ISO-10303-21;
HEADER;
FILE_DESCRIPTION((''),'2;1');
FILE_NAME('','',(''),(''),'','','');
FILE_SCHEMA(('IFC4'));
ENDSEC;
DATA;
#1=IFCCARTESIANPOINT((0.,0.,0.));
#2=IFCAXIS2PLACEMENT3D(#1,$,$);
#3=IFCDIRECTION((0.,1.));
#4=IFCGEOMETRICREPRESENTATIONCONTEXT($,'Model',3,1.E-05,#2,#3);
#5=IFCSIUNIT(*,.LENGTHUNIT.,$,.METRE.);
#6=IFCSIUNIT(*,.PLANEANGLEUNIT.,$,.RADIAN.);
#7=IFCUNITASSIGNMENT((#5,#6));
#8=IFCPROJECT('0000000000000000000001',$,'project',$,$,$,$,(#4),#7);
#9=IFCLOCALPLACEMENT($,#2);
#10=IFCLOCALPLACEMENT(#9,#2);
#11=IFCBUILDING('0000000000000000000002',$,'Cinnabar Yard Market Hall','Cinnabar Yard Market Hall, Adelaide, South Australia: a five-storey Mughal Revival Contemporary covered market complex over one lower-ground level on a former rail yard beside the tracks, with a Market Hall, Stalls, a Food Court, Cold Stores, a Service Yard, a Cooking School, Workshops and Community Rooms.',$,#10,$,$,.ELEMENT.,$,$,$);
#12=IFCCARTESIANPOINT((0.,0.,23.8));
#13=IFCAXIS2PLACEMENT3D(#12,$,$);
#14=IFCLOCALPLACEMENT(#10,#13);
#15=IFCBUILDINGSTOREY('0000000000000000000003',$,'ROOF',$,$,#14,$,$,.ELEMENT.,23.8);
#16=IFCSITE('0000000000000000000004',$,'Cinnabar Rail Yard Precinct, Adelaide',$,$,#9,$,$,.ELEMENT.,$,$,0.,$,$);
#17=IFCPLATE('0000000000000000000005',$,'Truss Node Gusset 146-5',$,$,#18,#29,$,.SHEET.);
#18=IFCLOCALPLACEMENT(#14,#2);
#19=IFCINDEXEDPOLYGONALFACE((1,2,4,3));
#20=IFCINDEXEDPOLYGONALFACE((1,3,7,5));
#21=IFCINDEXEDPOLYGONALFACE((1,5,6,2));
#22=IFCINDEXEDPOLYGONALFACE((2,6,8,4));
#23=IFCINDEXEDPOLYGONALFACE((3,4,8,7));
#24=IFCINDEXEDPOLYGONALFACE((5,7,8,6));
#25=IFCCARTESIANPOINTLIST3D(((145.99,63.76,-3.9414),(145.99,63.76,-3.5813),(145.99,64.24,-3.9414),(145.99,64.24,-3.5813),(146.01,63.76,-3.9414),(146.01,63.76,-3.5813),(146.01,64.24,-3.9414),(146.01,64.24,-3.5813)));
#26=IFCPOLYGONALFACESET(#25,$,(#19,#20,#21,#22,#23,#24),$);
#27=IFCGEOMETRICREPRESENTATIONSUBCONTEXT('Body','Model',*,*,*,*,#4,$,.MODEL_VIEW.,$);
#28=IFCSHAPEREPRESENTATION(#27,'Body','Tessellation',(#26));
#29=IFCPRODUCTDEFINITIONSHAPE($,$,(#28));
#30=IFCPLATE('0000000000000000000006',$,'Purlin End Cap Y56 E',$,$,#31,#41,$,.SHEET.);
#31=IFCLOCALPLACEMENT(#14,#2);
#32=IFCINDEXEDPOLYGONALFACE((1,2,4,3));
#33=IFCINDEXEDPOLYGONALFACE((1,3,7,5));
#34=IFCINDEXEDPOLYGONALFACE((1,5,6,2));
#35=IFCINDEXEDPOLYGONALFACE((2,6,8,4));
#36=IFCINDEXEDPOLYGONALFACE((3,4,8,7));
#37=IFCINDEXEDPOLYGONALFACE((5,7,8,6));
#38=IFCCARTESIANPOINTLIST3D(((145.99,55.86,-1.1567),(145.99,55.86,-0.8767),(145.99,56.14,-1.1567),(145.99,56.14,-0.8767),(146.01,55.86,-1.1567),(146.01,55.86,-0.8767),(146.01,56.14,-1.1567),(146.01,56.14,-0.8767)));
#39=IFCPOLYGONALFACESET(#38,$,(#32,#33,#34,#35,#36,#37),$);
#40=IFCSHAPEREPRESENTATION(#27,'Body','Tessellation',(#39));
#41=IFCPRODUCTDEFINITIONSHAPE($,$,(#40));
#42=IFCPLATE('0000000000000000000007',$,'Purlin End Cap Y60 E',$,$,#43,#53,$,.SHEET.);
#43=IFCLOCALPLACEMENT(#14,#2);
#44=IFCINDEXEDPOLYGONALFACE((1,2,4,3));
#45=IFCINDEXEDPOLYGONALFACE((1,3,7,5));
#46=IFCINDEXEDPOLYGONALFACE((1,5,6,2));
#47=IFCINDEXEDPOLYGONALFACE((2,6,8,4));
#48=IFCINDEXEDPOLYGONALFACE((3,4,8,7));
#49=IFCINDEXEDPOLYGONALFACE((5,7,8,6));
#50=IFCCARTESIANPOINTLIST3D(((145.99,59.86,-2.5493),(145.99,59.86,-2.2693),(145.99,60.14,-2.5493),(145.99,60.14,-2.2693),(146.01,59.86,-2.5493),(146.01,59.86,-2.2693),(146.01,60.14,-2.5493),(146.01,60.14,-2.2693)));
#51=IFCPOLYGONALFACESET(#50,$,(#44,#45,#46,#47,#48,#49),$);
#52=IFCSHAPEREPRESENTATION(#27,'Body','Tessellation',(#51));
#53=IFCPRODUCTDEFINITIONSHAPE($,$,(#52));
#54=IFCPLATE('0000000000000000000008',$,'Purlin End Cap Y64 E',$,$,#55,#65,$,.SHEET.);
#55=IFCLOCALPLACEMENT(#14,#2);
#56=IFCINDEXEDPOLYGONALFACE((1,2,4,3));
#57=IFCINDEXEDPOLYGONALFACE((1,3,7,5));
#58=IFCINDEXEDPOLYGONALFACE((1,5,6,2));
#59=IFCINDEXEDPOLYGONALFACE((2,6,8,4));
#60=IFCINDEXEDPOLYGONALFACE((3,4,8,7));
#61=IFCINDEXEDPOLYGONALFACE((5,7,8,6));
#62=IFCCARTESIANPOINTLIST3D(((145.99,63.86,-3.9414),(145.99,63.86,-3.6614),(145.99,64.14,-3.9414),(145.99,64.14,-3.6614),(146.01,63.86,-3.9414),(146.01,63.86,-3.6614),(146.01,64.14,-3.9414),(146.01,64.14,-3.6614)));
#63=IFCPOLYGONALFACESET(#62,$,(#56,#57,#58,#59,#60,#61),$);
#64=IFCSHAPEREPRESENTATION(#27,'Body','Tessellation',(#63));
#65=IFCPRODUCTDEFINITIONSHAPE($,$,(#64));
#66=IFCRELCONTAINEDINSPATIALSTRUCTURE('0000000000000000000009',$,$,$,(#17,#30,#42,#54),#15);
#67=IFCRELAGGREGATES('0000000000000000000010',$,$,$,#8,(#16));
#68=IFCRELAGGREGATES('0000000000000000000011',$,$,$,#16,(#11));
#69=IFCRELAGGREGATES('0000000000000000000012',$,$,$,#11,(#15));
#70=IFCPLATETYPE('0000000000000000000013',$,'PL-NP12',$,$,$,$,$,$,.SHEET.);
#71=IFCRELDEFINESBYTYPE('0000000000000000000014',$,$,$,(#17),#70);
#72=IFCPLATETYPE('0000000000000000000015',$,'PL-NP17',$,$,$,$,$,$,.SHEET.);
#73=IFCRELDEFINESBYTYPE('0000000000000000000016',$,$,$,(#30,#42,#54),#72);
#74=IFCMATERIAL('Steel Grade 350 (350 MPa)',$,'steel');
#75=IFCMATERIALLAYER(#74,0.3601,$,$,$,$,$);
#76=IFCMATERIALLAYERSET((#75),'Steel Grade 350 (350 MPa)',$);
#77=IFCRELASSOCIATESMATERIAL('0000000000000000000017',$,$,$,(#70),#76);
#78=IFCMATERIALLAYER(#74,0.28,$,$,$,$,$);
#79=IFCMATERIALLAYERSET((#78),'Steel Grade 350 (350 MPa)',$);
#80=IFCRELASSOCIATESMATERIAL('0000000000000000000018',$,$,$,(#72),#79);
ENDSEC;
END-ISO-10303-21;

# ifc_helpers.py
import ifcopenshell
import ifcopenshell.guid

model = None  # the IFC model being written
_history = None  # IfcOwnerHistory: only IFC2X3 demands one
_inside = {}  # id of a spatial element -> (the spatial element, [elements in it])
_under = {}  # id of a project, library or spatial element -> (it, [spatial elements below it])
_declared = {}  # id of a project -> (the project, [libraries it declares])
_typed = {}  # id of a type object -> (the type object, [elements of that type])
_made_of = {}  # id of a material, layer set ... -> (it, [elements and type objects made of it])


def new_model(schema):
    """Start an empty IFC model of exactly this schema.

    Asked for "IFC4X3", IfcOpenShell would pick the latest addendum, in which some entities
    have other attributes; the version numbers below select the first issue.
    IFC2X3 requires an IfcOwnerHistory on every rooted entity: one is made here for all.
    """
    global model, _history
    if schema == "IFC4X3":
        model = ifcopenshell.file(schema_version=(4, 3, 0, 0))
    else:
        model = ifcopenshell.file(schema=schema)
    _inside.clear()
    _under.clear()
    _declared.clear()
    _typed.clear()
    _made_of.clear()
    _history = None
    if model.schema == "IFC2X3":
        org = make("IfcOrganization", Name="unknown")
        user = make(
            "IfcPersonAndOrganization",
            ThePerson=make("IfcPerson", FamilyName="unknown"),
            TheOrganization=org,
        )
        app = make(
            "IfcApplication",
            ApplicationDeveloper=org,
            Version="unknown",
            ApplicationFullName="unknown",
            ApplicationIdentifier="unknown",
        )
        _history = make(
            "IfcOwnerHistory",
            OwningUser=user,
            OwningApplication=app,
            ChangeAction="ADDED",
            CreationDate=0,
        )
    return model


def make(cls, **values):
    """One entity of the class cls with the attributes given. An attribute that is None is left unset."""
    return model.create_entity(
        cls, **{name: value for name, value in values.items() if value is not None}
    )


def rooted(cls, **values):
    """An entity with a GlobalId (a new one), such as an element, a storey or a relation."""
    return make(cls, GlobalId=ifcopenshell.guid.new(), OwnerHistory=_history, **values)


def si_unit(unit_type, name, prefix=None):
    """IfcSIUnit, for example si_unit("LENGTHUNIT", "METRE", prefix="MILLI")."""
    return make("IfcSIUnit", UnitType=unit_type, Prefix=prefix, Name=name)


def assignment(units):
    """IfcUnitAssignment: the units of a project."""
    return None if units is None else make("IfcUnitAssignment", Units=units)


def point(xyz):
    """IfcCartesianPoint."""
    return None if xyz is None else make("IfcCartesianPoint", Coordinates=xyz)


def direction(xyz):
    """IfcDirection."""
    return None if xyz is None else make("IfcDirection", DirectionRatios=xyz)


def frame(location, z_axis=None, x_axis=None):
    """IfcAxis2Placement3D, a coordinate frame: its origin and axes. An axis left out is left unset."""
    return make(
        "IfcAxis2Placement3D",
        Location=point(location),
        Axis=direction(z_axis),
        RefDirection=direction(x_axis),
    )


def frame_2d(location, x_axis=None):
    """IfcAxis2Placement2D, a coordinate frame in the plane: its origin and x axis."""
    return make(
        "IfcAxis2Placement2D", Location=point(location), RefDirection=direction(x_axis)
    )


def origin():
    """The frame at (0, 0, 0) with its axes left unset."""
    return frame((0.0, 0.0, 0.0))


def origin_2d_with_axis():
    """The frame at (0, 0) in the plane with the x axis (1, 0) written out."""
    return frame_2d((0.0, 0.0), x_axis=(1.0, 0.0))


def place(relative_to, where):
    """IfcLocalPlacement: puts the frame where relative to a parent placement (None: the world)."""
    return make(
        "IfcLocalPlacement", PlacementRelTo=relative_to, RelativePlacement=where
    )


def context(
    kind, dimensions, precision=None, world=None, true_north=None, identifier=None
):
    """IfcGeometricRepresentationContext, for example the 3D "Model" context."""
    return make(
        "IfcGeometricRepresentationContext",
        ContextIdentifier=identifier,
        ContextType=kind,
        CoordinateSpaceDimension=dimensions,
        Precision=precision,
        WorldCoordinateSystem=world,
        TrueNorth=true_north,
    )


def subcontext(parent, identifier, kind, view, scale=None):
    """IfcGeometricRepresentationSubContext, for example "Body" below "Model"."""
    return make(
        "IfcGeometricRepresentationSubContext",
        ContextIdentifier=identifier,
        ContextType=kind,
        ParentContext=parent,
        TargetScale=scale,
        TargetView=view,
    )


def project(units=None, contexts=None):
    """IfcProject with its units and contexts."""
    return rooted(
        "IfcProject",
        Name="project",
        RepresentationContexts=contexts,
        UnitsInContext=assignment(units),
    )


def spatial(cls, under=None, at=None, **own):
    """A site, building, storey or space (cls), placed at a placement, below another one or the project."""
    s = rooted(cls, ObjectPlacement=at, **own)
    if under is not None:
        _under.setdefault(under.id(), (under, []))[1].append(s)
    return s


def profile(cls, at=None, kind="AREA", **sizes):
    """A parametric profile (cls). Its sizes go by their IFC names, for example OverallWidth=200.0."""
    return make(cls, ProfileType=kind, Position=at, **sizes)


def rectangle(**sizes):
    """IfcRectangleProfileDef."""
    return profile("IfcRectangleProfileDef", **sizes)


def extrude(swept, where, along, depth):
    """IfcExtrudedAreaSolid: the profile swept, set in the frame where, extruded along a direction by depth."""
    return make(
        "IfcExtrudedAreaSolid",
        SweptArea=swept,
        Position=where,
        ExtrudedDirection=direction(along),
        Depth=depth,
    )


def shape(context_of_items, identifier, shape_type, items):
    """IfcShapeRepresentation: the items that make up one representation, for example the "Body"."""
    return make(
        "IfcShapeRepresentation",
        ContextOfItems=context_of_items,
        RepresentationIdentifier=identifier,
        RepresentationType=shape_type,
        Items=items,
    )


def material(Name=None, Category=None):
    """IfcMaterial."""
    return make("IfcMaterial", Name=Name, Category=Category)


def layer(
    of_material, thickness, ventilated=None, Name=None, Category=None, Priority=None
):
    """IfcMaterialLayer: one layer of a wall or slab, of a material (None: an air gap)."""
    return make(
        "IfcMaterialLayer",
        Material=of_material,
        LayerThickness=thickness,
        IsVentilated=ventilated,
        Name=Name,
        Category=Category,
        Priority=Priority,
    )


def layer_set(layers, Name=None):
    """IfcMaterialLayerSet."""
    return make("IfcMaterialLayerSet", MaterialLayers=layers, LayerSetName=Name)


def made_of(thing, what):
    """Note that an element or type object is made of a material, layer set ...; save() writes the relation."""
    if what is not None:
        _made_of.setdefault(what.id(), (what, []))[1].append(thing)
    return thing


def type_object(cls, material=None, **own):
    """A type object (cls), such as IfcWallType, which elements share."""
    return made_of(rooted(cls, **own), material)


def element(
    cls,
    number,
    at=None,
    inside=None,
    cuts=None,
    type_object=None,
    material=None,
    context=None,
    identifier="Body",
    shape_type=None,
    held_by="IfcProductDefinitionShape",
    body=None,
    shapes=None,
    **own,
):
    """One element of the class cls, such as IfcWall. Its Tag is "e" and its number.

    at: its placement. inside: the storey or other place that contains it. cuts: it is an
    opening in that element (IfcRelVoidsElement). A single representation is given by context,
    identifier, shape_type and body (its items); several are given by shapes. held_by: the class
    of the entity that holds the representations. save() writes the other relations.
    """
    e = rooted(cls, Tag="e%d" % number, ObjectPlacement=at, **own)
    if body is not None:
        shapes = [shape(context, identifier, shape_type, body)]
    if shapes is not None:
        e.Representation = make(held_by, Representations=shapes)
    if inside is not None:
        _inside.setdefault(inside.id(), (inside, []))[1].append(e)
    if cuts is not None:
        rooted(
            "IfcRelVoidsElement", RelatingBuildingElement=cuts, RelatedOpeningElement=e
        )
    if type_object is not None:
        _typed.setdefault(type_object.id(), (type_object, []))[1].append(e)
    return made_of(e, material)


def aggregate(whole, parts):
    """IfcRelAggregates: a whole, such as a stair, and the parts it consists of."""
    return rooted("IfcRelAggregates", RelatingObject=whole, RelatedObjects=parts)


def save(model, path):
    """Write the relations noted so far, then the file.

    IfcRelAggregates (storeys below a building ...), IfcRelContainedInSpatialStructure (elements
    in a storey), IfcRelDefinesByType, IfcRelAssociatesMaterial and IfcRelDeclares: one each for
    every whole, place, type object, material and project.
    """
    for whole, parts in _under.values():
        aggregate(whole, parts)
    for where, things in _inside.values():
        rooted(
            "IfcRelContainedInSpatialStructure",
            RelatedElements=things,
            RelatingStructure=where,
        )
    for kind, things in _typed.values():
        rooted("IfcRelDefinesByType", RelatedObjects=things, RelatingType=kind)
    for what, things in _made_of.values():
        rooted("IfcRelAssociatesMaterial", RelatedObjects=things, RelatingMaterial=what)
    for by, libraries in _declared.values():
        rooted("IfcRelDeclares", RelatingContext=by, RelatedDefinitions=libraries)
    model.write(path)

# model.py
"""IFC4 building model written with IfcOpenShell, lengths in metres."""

from ifc_helpers import new_model, si_unit, direction, frame, origin, origin_2d_with_axis, place, context, subcontext, project, spatial, rectangle, extrude, material, layer, layer_set, type_object, element, save


model = new_model("IFC4")

# Units and contexts
model_context = context("Model", 3, precision=1e-05, world=origin(), true_north=direction((0.0, 1.0)))
body_context = subcontext(model_context, "Body", "Model", "MODEL_VIEW")
ifc_project = project(units=[si_unit("LENGTHUNIT", "METRE"), si_unit("PLANEANGLEUNIT", "RADIAN")], contexts=[model_context])

# Site, building, storey
site_placement = place(None, origin())
site = spatial("IfcSite", under=ifc_project, at=site_placement, Name="Cinnabar Rail Yard Precinct, Adelaide", CompositionType="ELEMENT", RefElevation=0.0)
building_placement = place(site_placement, origin())
building = spatial("IfcBuilding", under=site, at=building_placement, Name="Cinnabar Yard Market Hall", Description="Cinnabar Yard Market Hall, Adelaide, South Australia: a five-storey Mughal Revival Contemporary covered market complex over one lower-ground level on a former rail yard beside the tracks, with a Market Hall, Stalls, a Food Court, Cold Stores, a Service Yard, a Cooking School, Workshops and Community Rooms.", CompositionType="ELEMENT")
storey_placement = place(building_placement, frame((0.0, 0.0, 23.8)))
storey = spatial("IfcBuildingStorey", under=building, at=storey_placement, Name="ROOF", CompositionType="ELEMENT", Elevation=23.8)

# Shared definitions
ifc_material_1 = material(Name="Steel Grade 350 (350 MPa)", Category="steel")

# Plates
ifc_layer_1 = layer(ifc_material_1, 0.3601)
ifc_layer_set_1 = layer_set([ifc_layer_1], Name="Steel Grade 350 (350 MPa)")
plate_type_1 = type_object("IfcPlateType", Name="PL-NP12", PredefinedType="SHEET", material=ifc_layer_set_1)
for number, where, z_axis, x_axis, name in (
    (1, (146.0, 64.0, -3.9414), (0.0, 0.0, 1.0), (1.0, 0.0, 0.0), "Truss Node Gusset 146-5"),
):
    element("IfcPlate", number, at=place(storey_placement, frame(where, z_axis=z_axis, x_axis=x_axis)), inside=storey, type_object=plate_type_1, Name=name, PredefinedType="SHEET", context=body_context, shape_type="SweptSolid", body=[
        extrude(rectangle(XDim=0.02, YDim=0.48, at=origin_2d_with_axis()), origin(), (0.0, 0.0, 1.0), 0.3601),
    ])
ifc_layer_2 = layer(ifc_material_1, 0.28)
ifc_layer_set_2 = layer_set([ifc_layer_2], Name="Steel Grade 350 (350 MPa)")
plate_type_2 = type_object("IfcPlateType", Name="PL-NP17", PredefinedType="SHEET", material=ifc_layer_set_2)
for number, where, z_axis, x_axis, name in (
    (2, (146.0, 56.0, -1.1567), (0.0, 0.0, 1.0), (1.0, 0.0, 0.0), "Purlin End Cap Y56 E"),
    (3, (146.0, 60.0, -2.5493), (0.0, 0.0, 1.0), (1.0, 0.0, 0.0), "Purlin End Cap Y60 E"),
    (4, (146.0, 64.0, -3.9414), (0.0, 0.0, 1.0), (1.0, 0.0, 0.0), "Purlin End Cap Y64 E"),
):
    element("IfcPlate", number, at=place(storey_placement, frame(where, z_axis=z_axis, x_axis=x_axis)), inside=storey, type_object=plate_type_2, Name=name, PredefinedType="SHEET", context=body_context, shape_type="SweptSolid", body=[
        extrude(rectangle(XDim=0.02, YDim=0.28, at=origin_2d_with_axis()), origin(), (0.0, 0.0, 1.0), 0.28),
    ])

save(model, "model.ifc")
